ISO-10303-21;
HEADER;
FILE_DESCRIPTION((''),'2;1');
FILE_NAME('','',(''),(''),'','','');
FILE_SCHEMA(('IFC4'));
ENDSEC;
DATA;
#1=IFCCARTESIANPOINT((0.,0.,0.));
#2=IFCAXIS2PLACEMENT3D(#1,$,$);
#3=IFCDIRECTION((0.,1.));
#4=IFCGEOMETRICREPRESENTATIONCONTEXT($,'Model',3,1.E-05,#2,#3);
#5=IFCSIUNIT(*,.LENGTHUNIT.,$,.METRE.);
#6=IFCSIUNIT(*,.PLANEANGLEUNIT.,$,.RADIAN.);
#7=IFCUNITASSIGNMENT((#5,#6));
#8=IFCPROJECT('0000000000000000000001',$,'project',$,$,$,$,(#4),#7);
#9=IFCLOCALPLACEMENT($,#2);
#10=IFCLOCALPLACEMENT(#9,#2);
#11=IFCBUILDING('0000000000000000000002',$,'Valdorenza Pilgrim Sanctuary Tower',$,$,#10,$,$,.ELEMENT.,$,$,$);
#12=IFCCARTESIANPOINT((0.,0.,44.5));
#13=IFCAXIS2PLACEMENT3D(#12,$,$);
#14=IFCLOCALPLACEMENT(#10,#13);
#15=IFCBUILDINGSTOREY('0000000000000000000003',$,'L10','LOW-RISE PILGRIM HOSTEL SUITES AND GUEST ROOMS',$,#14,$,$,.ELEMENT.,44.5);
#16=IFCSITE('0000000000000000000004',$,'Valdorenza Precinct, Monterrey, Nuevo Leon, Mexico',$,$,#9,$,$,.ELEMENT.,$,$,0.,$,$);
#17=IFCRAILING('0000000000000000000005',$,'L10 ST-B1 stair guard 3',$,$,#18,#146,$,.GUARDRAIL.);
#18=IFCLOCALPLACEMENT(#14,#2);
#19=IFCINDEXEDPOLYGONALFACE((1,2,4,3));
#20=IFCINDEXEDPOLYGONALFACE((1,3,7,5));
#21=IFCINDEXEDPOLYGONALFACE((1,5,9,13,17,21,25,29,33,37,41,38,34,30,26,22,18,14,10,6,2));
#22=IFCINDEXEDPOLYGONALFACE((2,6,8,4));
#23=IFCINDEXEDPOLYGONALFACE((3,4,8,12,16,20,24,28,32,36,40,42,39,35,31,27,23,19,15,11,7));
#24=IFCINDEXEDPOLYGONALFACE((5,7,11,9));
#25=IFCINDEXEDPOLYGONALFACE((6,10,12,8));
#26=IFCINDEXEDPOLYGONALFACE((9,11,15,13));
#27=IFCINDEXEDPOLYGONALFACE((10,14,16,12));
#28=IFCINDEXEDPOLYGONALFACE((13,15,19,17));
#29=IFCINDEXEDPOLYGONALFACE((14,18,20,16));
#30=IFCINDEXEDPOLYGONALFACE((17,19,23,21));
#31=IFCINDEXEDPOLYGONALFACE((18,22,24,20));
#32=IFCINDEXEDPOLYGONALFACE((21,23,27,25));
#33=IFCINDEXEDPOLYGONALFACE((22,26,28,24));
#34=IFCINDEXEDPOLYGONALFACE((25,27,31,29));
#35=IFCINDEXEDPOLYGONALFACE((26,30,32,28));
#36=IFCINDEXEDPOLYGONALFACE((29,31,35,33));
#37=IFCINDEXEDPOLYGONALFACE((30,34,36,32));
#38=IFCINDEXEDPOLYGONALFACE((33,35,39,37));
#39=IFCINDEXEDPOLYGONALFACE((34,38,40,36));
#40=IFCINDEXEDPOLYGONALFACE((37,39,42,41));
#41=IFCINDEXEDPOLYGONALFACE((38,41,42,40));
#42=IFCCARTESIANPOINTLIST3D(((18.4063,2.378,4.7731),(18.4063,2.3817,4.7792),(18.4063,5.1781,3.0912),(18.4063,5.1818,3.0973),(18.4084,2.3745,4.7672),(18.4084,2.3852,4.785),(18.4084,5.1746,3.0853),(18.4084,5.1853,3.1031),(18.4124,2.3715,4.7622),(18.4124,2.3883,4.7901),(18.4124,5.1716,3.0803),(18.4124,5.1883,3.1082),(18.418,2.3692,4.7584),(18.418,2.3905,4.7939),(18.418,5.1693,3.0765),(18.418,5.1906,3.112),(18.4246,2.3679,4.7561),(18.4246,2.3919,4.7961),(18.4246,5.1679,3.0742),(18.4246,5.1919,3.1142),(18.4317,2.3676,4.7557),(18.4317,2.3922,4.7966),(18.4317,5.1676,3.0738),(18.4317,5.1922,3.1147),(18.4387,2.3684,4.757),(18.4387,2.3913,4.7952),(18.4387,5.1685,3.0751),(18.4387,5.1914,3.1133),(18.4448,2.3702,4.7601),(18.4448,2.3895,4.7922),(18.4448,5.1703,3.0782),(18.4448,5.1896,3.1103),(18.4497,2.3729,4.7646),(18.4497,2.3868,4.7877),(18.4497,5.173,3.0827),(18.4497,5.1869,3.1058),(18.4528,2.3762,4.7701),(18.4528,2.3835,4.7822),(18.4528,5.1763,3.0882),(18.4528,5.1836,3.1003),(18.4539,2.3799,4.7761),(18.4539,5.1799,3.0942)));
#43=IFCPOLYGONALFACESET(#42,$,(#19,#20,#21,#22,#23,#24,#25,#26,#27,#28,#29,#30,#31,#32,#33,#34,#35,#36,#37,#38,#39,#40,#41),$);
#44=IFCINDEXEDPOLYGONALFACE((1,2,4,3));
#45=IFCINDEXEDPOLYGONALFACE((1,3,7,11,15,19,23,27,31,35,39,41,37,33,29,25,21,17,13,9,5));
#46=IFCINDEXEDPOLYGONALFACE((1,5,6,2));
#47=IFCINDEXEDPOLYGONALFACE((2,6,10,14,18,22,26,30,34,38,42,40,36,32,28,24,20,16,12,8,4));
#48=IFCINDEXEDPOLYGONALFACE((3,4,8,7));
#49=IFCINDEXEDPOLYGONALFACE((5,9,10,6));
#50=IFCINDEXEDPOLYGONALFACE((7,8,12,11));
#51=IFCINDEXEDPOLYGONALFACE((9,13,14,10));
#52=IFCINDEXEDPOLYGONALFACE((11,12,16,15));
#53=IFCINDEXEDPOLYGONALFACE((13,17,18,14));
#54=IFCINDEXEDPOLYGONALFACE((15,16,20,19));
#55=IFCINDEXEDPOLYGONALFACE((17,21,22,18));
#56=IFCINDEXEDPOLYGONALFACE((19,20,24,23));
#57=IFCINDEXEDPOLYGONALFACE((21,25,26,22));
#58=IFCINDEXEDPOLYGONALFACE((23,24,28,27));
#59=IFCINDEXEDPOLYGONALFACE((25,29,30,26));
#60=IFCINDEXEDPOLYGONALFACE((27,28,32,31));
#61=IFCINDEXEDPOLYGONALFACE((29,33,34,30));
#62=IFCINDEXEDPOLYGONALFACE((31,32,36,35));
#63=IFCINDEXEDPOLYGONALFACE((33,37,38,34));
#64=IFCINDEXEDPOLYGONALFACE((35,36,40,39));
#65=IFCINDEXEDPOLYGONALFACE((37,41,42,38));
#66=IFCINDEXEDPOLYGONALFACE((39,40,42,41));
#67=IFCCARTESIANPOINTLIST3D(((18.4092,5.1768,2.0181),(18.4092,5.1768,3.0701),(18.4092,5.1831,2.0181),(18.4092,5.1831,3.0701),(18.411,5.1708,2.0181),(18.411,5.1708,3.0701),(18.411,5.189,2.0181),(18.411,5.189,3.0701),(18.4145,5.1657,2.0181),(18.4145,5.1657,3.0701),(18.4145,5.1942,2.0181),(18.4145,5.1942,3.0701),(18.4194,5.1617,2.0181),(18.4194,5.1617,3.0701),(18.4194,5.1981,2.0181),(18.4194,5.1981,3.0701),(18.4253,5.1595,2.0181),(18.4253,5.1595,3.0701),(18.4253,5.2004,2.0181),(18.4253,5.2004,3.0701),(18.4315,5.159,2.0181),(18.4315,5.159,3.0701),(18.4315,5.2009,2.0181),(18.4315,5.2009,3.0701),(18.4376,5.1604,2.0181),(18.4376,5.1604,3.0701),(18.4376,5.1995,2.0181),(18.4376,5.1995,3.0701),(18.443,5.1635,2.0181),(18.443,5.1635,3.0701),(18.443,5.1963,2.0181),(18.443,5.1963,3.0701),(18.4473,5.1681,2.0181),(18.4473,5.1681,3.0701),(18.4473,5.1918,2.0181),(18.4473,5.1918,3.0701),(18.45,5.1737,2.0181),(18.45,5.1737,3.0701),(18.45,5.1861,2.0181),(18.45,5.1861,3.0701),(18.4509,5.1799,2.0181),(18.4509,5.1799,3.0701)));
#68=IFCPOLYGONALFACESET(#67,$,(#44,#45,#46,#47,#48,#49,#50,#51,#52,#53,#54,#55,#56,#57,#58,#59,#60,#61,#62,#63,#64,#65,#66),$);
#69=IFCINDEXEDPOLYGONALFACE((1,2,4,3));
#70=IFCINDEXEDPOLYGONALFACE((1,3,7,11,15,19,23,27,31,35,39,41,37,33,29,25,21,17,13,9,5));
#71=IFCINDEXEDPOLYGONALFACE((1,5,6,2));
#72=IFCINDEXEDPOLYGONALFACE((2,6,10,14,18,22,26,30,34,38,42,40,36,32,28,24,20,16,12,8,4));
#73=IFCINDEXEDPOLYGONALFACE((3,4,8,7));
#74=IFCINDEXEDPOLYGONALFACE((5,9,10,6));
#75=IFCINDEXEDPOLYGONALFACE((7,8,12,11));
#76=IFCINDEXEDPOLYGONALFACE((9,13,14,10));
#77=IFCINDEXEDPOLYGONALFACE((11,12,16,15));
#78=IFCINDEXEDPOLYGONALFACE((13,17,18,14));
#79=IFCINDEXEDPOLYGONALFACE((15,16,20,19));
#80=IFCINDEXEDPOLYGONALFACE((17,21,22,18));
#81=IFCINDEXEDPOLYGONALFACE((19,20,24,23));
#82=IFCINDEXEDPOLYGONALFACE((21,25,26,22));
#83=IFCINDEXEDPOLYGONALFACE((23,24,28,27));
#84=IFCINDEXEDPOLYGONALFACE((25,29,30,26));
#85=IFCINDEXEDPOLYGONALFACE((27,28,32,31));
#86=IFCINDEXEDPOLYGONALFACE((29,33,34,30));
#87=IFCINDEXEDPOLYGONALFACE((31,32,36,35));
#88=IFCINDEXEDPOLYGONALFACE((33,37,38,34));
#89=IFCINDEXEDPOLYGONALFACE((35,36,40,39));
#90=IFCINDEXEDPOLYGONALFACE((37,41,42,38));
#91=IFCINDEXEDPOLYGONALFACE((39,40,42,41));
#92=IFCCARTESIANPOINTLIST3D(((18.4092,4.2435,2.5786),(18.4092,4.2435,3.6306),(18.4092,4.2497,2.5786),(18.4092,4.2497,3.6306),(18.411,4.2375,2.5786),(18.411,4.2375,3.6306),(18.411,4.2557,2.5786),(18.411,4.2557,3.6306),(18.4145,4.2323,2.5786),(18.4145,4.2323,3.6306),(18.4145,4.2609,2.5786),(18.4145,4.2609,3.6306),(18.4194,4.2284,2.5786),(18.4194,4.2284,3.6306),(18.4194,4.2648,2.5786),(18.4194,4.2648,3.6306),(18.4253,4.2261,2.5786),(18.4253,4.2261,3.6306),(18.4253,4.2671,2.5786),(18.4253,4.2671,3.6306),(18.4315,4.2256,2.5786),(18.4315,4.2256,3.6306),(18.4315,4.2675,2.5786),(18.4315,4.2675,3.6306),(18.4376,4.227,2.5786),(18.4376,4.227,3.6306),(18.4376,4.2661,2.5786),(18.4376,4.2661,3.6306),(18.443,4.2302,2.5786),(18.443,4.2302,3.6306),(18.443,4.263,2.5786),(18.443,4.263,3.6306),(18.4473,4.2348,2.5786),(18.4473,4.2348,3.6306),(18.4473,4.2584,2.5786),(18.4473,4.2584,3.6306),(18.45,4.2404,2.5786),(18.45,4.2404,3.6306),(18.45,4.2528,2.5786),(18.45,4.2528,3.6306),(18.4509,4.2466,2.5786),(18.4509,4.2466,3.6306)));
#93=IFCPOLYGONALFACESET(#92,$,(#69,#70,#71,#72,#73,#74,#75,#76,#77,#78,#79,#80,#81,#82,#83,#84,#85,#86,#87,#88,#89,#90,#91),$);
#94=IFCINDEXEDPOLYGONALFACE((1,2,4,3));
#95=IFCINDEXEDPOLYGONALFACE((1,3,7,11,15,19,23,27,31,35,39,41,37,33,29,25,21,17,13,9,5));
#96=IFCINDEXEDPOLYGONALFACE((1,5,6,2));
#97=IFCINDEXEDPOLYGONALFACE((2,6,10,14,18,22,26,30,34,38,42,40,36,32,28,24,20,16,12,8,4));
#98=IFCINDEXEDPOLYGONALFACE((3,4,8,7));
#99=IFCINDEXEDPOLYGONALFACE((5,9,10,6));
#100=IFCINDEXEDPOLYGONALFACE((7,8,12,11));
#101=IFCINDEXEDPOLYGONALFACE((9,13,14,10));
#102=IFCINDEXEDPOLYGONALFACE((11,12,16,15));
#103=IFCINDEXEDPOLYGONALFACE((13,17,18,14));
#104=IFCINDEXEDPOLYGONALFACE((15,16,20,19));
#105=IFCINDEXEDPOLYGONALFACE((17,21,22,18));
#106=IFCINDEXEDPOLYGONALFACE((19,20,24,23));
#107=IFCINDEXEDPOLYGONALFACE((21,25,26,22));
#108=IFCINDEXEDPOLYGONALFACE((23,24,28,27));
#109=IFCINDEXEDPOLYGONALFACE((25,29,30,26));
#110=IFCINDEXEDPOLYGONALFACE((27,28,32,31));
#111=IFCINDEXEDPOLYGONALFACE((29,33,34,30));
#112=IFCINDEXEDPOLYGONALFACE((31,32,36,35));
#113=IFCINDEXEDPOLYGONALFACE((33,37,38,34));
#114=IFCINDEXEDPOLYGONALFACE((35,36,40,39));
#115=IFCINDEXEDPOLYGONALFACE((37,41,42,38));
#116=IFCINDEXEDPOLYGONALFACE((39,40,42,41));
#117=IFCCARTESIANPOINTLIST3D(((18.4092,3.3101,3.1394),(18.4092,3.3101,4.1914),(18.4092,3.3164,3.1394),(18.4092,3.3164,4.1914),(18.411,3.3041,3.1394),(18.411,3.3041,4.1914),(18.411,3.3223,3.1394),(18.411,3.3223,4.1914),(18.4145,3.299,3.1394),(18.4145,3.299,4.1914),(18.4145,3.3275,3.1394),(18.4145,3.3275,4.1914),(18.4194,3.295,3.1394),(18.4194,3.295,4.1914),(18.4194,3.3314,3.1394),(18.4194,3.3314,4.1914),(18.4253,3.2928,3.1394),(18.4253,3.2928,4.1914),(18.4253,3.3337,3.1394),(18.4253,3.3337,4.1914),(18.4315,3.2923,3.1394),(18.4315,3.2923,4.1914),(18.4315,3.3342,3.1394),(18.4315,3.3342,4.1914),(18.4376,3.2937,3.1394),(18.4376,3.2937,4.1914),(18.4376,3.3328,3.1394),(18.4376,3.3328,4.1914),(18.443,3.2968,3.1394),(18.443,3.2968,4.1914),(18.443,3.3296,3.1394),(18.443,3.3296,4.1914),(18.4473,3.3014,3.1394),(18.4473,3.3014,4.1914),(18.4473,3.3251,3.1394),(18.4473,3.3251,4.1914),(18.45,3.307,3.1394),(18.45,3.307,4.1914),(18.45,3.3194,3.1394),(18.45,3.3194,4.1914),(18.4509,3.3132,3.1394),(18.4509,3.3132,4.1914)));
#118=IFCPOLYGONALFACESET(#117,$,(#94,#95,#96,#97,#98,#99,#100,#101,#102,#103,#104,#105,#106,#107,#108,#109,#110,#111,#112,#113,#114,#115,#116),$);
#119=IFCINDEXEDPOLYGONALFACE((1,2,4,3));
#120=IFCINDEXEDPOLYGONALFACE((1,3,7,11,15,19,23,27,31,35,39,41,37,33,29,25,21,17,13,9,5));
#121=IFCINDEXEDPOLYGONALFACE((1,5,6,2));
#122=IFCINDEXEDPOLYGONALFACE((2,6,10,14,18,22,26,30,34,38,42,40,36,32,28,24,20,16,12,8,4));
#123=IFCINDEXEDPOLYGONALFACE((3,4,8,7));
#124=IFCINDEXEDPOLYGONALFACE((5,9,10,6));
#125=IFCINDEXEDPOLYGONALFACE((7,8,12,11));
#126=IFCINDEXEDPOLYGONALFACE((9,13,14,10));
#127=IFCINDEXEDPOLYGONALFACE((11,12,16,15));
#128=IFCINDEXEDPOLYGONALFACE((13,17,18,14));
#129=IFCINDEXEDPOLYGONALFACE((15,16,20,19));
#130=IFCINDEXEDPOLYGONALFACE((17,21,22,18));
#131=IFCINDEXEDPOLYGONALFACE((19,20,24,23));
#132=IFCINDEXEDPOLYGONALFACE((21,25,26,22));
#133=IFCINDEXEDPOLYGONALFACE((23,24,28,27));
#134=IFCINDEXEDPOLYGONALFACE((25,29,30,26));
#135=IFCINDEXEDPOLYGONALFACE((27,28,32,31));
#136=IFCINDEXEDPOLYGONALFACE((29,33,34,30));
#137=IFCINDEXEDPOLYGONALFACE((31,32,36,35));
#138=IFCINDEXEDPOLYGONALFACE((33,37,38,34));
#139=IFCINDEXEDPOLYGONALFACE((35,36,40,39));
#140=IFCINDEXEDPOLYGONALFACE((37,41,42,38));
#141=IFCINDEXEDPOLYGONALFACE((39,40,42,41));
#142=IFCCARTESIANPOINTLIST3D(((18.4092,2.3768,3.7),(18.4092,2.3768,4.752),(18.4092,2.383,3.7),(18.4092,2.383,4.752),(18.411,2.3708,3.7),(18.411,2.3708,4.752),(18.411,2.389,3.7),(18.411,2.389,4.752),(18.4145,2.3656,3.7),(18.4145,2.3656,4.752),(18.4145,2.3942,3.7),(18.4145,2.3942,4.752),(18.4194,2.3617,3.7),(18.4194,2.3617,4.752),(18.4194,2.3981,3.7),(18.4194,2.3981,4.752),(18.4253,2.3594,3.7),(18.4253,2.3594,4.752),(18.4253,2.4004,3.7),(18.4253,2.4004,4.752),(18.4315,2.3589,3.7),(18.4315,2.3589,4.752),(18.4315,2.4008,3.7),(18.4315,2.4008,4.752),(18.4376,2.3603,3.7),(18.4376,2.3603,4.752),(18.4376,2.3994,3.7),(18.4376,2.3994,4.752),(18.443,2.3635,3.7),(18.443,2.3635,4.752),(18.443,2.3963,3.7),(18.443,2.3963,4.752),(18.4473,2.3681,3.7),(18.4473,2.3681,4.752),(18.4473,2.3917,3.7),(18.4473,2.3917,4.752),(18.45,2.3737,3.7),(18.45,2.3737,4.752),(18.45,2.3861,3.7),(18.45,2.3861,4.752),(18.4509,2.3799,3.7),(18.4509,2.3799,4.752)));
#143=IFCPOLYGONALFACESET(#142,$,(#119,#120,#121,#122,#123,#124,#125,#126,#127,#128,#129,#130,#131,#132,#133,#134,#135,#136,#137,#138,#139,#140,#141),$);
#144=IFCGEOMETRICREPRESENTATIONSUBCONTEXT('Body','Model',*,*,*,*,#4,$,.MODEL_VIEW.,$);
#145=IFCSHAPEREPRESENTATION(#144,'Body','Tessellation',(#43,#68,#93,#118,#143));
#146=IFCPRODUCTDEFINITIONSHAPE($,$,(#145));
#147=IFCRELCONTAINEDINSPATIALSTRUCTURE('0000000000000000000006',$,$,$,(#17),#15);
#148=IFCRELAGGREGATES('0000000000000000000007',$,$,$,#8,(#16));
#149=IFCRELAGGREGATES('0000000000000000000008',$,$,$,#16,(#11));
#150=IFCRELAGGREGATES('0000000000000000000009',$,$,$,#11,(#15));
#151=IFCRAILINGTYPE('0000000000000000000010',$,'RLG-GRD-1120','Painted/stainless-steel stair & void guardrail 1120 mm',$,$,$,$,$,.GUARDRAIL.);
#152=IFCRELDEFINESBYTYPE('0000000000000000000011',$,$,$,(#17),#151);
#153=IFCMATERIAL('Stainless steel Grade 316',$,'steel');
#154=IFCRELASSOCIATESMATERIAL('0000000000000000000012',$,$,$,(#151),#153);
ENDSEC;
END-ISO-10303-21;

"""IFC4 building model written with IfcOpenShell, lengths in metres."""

from ifc_helpers import new_model, si_unit, direction, frame, origin, origin_2d, place, context, subcontext, project, spatial, circle, extrude, material, type_object, element, save


model = new_model("IFC4")

# Units and contexts
model_context = context("Model", 3, precision=1e-05, world=origin(), true_north=direction((0.0, 1.0)))
body_context = subcontext(model_context, "Body", "Model", "MODEL_VIEW")
ifc_project = project(units=[si_unit("LENGTHUNIT", "METRE"), si_unit("PLANEANGLEUNIT", "RADIAN")], contexts=[model_context])

# Site, building, storey
site_placement = place(None, origin())
site = spatial("IfcSite", under=ifc_project, at=site_placement, Name="Valdorenza Precinct, Monterrey, Nuevo Leon, Mexico", CompositionType="ELEMENT", RefElevation=0.0)
building_placement = place(site_placement, origin())
building = spatial("IfcBuilding", under=site, at=building_placement, Name="Valdorenza Pilgrim Sanctuary Tower", CompositionType="ELEMENT")
storey_placement = place(building_placement, frame((0.0, 0.0, 44.5)))
storey = spatial("IfcBuildingStorey", under=building, at=storey_placement, Name="L10", Description="LOW-RISE PILGRIM HOSTEL SUITES AND GUEST ROOMS", CompositionType="ELEMENT", Elevation=44.5)

# Railing
ifc_material_1 = material(Name="Stainless steel Grade 316", Category="steel")
railing_type_1 = type_object("IfcRailingType", Name="RLG-GRD-1120", Description="Painted/stainless-steel stair & void guardrail 1120 mm", PredefinedType="GUARDRAIL", material=ifc_material_1)
railing_1_placement = place(storey_placement, frame((18.4299, 5.1799, 2.0181)))
element("IfcRailing", 1, at=railing_1_placement, inside=storey, type_object=railing_type_1, Name="L10 ST-B1 stair guard 3", PredefinedType="GUARDRAIL", context=body_context, shape_type="SweptSolid", body=[
    extrude(circle(Radius=0.0239, at=origin_2d()), frame((0.0, 0.0, 1.0762), z_axis=(0.0, -0.857242, 0.514913), x_axis=(1.0, 0.0, 0.0)), (0.0, 0.0, 1.0), 3.2664),
    extrude(circle(Radius=0.021, at=origin_2d()), origin(), (0.0, 0.0, 1.0), 1.052),
    extrude(circle(Radius=0.021, at=origin_2d()), frame((0.0, -0.9333, 0.5605)), (0.0, 0.0, 1.0), 1.052),
    extrude(circle(Radius=0.021, at=origin_2d()), frame((0.0, -1.8667, 1.1213)), (0.0, 0.0, 1.0), 1.052),
    extrude(circle(Radius=0.021, at=origin_2d()), frame((0.0, -2.8, 1.6819)), (0.0, 0.0, 1.0), 1.052),
])

save(model, "model.ifc")
